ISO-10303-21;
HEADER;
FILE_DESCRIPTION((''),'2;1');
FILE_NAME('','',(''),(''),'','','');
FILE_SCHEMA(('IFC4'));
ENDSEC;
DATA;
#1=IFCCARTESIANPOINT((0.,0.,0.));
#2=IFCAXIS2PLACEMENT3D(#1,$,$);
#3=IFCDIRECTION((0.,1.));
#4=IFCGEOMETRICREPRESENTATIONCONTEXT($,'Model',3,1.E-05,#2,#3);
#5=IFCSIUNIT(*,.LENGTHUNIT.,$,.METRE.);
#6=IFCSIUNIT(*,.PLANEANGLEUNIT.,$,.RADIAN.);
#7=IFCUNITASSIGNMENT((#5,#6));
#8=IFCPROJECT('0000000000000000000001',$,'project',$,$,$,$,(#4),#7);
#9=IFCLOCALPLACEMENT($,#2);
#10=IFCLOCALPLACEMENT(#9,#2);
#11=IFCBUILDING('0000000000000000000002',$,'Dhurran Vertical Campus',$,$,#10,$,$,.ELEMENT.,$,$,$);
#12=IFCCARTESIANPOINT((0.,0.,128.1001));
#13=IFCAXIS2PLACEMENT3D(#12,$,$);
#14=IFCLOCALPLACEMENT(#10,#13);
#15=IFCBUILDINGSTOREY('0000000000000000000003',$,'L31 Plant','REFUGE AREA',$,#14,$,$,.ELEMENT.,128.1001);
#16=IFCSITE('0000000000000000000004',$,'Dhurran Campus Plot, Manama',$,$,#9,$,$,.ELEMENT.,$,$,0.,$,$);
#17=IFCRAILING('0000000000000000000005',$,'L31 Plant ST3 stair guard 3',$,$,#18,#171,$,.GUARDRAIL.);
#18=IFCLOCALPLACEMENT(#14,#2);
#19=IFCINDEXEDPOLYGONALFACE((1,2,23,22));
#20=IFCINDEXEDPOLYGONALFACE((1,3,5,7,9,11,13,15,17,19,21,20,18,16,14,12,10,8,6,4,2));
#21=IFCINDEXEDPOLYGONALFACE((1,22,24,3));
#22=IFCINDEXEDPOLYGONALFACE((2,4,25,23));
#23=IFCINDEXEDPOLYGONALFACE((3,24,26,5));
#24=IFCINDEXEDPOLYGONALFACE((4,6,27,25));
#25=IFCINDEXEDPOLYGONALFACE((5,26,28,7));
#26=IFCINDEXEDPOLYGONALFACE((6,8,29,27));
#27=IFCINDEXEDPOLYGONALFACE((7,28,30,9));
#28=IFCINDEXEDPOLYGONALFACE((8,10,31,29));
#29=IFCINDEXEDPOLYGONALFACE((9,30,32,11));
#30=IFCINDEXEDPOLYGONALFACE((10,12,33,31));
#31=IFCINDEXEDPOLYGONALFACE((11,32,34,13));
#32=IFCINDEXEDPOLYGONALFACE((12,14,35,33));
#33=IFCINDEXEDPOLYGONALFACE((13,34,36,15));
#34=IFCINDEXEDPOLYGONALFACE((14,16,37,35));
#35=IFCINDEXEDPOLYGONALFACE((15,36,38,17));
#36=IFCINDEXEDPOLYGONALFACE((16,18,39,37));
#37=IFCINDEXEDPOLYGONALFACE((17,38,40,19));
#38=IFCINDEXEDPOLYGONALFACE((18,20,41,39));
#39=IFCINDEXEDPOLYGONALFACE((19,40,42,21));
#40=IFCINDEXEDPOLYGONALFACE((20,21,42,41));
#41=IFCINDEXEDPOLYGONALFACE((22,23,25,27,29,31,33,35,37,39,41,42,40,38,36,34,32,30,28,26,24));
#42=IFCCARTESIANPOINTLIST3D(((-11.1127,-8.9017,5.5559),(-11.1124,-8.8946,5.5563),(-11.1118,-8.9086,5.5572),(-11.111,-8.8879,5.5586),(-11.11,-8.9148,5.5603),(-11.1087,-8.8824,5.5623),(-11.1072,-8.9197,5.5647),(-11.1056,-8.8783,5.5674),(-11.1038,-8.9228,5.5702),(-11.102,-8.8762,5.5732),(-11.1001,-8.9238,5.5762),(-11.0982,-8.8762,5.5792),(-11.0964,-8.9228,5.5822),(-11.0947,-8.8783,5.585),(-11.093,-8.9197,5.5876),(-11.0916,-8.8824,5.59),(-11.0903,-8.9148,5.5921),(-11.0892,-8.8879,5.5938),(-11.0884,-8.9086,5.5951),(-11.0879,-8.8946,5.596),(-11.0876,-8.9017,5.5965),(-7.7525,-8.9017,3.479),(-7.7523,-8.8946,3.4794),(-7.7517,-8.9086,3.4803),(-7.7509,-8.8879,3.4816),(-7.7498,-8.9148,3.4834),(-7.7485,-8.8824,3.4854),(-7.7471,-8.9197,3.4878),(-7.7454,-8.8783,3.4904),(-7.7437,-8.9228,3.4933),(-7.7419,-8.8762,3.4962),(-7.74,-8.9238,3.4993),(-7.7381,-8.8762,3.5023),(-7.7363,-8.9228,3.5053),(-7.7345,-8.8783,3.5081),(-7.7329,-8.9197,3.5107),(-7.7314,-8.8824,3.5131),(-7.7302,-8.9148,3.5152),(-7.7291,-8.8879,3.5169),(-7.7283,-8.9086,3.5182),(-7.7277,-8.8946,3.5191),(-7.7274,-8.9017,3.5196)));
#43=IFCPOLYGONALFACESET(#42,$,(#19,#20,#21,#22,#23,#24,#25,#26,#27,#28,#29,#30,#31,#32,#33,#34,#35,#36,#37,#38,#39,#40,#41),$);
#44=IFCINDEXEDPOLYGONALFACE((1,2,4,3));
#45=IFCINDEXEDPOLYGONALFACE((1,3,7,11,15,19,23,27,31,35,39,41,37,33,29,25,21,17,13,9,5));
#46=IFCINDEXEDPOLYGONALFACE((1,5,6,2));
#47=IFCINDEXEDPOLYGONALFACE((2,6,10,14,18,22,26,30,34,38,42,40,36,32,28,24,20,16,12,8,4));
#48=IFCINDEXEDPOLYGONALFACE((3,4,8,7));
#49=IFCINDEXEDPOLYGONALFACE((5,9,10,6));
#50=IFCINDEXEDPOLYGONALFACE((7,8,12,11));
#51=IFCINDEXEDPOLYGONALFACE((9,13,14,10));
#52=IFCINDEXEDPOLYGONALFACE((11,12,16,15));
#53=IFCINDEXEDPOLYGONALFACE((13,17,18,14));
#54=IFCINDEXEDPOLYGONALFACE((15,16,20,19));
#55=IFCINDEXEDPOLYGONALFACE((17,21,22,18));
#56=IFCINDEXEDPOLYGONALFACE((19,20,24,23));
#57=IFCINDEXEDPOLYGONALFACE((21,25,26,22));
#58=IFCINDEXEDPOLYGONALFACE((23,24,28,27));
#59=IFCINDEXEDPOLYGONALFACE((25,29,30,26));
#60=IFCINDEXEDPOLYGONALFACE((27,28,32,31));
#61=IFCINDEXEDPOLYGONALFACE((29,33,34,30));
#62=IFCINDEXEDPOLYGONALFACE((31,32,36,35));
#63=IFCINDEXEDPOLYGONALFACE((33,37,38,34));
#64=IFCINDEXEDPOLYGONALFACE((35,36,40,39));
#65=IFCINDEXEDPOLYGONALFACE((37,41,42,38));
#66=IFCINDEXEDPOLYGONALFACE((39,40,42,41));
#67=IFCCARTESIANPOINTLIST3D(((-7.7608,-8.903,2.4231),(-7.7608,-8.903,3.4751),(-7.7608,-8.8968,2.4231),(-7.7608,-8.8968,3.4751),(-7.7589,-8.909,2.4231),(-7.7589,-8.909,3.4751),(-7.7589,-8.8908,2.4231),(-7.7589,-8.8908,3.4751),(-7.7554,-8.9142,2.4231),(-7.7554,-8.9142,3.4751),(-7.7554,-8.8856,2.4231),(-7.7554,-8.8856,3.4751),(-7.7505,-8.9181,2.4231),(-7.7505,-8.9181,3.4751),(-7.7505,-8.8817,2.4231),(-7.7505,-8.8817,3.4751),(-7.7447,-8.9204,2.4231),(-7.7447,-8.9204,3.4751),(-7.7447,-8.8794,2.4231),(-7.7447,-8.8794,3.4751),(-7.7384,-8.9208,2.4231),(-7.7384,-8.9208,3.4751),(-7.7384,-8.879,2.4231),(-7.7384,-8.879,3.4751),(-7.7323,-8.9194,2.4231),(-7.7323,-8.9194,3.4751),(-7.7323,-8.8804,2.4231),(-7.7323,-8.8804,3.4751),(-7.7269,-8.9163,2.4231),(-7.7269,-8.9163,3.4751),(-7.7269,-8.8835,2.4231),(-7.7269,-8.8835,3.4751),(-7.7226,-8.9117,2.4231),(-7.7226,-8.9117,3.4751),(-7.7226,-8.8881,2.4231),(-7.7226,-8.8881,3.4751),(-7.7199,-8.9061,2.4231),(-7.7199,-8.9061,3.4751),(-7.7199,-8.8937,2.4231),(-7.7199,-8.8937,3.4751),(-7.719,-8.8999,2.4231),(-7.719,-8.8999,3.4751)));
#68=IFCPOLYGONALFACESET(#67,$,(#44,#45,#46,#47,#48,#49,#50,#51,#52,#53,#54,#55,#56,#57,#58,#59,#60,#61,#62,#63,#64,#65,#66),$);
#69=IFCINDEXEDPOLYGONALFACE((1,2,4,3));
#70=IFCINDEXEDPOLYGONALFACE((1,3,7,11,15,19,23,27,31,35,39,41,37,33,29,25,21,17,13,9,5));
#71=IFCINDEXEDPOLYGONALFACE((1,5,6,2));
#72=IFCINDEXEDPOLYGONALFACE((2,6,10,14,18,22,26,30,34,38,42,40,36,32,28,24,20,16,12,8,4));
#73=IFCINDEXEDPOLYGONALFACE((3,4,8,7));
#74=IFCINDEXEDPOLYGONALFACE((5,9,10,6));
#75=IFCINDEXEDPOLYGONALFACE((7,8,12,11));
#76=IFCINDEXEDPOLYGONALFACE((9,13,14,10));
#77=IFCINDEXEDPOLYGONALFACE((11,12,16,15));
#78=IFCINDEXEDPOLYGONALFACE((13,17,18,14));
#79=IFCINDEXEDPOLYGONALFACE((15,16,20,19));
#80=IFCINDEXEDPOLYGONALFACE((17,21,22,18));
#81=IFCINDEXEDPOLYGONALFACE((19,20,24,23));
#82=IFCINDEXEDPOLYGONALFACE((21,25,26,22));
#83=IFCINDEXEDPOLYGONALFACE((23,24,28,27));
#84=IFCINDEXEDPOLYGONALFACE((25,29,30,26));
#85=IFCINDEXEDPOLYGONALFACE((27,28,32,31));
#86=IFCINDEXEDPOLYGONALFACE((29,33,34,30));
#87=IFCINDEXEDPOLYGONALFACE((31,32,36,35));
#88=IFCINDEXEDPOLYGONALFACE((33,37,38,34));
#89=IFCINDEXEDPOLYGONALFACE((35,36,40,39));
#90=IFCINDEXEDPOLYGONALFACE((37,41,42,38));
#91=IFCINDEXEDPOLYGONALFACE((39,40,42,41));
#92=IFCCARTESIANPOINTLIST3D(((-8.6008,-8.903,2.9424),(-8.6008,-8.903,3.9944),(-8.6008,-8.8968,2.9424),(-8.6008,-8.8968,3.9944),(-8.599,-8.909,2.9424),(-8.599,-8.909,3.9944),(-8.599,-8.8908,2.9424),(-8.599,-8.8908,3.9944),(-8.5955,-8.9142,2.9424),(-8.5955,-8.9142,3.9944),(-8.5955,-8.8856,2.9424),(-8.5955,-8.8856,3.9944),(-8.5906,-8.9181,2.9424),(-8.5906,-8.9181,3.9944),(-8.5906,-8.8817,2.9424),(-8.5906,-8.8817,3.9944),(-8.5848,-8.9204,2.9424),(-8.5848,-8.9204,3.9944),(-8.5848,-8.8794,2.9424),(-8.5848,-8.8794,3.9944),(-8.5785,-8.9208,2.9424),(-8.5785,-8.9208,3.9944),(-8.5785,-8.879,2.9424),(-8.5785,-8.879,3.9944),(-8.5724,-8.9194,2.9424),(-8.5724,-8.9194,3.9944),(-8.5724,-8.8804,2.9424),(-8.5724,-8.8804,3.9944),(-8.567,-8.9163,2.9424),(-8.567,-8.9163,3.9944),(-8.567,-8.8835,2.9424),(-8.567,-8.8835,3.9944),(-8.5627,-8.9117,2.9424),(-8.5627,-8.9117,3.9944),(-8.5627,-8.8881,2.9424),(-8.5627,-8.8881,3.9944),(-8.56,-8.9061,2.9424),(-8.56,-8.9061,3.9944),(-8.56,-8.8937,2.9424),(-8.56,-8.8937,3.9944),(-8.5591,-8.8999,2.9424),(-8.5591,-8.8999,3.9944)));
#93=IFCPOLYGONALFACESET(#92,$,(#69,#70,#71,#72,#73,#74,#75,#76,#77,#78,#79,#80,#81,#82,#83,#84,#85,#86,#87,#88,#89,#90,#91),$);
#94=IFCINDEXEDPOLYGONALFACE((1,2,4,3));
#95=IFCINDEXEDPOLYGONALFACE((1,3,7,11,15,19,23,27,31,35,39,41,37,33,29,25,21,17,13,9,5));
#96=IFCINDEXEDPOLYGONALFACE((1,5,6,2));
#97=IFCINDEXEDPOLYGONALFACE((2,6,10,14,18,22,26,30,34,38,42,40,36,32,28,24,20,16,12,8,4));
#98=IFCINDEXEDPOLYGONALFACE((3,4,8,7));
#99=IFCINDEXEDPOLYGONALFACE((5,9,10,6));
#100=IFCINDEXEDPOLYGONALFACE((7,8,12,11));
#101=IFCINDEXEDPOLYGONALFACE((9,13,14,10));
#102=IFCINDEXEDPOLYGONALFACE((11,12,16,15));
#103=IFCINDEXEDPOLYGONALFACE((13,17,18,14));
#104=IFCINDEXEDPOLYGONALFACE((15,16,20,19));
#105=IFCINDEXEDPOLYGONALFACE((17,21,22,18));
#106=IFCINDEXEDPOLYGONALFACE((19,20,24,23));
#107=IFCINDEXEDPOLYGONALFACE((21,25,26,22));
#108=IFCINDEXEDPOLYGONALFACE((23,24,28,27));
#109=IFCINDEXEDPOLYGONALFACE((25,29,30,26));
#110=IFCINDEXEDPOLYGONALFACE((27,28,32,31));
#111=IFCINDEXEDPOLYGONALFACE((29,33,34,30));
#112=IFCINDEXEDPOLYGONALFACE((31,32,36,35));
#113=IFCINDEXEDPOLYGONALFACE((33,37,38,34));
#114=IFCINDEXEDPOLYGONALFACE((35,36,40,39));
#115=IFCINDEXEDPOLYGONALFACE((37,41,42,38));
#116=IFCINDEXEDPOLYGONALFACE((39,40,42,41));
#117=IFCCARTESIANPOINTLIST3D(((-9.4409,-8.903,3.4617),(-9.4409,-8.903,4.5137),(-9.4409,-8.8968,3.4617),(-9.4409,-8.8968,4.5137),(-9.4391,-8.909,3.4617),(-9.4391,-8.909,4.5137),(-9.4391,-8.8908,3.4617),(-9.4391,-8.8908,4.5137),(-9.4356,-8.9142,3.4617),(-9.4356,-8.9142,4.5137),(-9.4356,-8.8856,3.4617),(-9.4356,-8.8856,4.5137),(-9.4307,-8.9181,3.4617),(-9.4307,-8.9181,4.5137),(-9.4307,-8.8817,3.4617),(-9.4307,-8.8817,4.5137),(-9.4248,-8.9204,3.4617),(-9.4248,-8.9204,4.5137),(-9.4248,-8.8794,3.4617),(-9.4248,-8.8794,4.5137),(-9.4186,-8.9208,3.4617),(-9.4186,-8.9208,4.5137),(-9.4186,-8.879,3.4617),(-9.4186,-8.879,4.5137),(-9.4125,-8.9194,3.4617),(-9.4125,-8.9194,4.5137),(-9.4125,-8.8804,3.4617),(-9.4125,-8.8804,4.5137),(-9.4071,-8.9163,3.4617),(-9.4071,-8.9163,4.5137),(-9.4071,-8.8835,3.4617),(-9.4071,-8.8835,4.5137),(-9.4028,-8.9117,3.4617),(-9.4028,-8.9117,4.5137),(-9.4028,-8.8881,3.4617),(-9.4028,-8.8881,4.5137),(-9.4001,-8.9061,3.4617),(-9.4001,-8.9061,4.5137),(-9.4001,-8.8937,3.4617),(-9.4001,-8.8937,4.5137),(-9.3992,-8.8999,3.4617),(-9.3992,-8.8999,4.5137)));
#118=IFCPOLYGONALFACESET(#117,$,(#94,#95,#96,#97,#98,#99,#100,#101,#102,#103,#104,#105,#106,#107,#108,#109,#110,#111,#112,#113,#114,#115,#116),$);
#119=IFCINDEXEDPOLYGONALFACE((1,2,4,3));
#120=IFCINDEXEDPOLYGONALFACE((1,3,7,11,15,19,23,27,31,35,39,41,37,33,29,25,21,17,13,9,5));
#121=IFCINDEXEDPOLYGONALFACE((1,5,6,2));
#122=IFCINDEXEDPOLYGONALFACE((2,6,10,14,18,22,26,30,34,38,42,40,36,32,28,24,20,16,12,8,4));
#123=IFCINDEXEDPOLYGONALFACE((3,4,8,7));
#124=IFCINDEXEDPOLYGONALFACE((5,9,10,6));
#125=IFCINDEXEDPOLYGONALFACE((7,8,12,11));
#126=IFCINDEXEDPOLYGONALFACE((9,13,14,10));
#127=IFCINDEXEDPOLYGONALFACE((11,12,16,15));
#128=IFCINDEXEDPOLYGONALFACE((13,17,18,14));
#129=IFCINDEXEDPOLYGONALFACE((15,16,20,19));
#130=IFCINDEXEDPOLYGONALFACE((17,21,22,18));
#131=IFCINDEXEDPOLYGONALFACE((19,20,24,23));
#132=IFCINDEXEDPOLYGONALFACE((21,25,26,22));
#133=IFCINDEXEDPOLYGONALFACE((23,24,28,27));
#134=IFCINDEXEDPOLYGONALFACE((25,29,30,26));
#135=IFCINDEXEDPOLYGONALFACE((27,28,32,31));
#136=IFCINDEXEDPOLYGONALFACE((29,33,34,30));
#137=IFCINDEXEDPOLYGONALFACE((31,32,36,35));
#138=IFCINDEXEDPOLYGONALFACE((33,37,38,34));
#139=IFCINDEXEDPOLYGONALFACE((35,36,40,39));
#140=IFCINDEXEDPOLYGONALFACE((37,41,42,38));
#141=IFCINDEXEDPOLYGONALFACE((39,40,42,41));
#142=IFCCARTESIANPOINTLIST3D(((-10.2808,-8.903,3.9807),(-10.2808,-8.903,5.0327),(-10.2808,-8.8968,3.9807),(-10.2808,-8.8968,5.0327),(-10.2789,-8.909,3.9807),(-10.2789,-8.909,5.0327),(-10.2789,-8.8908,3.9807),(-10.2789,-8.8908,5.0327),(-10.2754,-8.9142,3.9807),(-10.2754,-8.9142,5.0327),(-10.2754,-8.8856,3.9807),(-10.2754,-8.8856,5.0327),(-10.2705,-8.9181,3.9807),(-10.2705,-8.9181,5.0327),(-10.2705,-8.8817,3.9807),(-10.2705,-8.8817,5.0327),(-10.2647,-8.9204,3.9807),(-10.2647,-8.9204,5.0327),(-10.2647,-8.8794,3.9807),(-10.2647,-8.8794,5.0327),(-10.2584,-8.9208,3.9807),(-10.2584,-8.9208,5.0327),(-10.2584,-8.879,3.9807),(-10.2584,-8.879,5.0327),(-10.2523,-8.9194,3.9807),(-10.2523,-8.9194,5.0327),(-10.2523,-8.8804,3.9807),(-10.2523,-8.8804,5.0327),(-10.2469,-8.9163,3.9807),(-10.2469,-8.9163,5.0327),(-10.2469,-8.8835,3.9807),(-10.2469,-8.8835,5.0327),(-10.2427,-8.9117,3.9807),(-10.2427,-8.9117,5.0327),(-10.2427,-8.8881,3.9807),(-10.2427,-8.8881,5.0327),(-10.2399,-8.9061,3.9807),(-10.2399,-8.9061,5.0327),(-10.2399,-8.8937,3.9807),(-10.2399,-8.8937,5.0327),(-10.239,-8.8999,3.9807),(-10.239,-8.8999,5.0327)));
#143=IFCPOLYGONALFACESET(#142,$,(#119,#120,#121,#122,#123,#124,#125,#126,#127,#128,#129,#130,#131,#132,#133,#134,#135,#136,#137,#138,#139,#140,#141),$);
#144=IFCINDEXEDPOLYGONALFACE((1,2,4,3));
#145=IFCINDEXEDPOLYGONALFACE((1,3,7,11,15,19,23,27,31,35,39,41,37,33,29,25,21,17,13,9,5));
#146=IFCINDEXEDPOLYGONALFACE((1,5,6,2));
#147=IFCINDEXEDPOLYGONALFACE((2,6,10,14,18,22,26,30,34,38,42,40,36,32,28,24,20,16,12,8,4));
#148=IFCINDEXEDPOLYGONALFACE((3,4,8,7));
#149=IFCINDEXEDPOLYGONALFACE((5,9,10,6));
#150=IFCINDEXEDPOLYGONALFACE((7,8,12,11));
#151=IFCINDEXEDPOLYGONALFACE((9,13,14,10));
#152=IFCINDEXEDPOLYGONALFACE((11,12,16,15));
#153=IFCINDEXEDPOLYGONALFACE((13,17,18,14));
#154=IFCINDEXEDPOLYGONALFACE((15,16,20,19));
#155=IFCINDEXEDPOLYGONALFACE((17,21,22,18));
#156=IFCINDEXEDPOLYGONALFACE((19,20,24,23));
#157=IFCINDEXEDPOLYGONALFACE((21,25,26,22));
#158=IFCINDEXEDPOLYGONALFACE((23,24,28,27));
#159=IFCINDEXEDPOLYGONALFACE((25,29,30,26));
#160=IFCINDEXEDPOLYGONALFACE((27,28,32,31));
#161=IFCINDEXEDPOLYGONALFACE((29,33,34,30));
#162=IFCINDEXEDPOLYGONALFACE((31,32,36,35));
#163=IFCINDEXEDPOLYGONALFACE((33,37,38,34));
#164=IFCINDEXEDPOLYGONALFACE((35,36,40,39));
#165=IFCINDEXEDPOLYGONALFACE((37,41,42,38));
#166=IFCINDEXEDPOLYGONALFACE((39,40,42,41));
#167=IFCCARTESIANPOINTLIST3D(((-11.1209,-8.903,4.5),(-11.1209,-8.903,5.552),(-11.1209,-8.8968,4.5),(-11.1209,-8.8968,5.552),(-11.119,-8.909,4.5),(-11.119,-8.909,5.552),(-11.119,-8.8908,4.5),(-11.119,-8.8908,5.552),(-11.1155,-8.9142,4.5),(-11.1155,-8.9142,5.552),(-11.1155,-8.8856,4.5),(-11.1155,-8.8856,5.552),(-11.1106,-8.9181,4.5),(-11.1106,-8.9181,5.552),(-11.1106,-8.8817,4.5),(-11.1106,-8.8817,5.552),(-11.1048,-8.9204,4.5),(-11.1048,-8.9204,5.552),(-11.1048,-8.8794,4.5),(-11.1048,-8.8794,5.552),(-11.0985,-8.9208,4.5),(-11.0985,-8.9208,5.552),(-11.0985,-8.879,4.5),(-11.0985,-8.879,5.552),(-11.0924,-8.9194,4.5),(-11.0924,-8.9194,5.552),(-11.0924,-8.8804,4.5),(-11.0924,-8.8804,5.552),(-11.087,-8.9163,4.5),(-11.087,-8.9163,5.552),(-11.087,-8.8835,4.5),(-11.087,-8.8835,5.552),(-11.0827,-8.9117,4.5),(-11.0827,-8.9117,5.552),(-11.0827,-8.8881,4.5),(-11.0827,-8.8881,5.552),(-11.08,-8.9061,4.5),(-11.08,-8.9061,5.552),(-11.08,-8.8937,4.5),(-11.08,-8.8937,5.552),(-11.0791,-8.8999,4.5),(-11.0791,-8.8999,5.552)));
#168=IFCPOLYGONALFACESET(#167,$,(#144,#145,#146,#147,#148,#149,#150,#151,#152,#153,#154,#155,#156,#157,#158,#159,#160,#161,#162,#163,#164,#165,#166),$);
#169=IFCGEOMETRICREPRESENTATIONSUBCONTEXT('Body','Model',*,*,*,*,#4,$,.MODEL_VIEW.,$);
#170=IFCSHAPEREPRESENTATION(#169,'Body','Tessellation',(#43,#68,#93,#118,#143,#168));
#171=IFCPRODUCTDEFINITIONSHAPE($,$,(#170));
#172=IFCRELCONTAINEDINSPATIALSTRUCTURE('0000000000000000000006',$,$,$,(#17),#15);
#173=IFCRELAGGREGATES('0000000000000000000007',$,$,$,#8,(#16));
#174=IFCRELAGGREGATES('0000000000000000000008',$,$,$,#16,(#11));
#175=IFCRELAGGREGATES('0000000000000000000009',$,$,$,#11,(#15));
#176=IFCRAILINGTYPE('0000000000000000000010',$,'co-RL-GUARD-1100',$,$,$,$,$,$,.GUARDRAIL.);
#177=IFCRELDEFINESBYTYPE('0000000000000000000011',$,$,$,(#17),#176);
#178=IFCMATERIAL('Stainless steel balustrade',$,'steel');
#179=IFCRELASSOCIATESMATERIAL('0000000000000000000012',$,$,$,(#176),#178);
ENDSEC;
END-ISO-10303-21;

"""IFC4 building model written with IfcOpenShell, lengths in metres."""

from ifc_helpers import new_model, si_unit, direction, frame, origin, origin_2d, place, context, subcontext, project, spatial, circle, extrude, material, type_object, element, save


model = new_model("IFC4")

# Units and contexts
model_context = context("Model", 3, precision=1e-05, world=origin(), true_north=direction((0.0, 1.0)))
body_context = subcontext(model_context, "Body", "Model", "MODEL_VIEW")
ifc_project = project(units=[si_unit("LENGTHUNIT", "METRE"), si_unit("PLANEANGLEUNIT", "RADIAN")], contexts=[model_context])

# Site, building, storey
site_placement = place(None, origin())
site = spatial("IfcSite", under=ifc_project, at=site_placement, Name="Dhurran Campus Plot, Manama", CompositionType="ELEMENT", RefElevation=0.0)
building_placement = place(site_placement, origin())
building = spatial("IfcBuilding", under=site, at=building_placement, Name="Dhurran Vertical Campus", CompositionType="ELEMENT")
storey_placement = place(building_placement, frame((0.0, 0.0, 128.1001)))
storey = spatial("IfcBuildingStorey", under=building, at=storey_placement, Name="L31 Plant", Description="REFUGE AREA", CompositionType="ELEMENT", Elevation=128.1001)

# Railing
ifc_material_1 = material(Name="Stainless steel balustrade", Category="steel")
railing_type_1 = type_object("IfcRailingType", Name="co-RL-GUARD-1100", PredefinedType="GUARDRAIL", material=ifc_material_1)
railing_1_placement = place(storey_placement, frame((-7.74, -8.8999, 2.4231)))
element("IfcRailing", 1, at=railing_1_placement, inside=storey, type_object=railing_type_1, Name="L31 Plant ST3 stair guard 3", PredefinedType="GUARDRAIL", context=body_context, shape_type="SweptSolid", body=[
    extrude(circle(Radius=0.0239, at=origin_2d()), frame((0.0, 0.0, 1.0762), z_axis=(-0.850623, 0.0, 0.525776), x_axis=(0.0, -1.0, 0.0)), (0.0, 0.0, 1.0), 3.9502),
    extrude(circle(Radius=0.021, at=origin_2d()), origin(), (0.0, 0.0, 1.0), 1.052),
    extrude(circle(Radius=0.021, at=origin_2d()), frame((-0.8401, 0.0, 0.5193)), (0.0, 0.0, 1.0), 1.052),
    extrude(circle(Radius=0.021, at=origin_2d()), frame((-1.6802, 0.0, 1.0386)), (0.0, 0.0, 1.0), 1.052),
    extrude(circle(Radius=0.021, at=origin_2d()), frame((-2.52, 0.0, 1.5576)), (0.0, 0.0, 1.0), 1.052),
    extrude(circle(Radius=0.021, at=origin_2d()), frame((-3.3601, 0.0, 2.0769)), (0.0, 0.0, 1.0), 1.052),
])

save(model, "model.ifc")
